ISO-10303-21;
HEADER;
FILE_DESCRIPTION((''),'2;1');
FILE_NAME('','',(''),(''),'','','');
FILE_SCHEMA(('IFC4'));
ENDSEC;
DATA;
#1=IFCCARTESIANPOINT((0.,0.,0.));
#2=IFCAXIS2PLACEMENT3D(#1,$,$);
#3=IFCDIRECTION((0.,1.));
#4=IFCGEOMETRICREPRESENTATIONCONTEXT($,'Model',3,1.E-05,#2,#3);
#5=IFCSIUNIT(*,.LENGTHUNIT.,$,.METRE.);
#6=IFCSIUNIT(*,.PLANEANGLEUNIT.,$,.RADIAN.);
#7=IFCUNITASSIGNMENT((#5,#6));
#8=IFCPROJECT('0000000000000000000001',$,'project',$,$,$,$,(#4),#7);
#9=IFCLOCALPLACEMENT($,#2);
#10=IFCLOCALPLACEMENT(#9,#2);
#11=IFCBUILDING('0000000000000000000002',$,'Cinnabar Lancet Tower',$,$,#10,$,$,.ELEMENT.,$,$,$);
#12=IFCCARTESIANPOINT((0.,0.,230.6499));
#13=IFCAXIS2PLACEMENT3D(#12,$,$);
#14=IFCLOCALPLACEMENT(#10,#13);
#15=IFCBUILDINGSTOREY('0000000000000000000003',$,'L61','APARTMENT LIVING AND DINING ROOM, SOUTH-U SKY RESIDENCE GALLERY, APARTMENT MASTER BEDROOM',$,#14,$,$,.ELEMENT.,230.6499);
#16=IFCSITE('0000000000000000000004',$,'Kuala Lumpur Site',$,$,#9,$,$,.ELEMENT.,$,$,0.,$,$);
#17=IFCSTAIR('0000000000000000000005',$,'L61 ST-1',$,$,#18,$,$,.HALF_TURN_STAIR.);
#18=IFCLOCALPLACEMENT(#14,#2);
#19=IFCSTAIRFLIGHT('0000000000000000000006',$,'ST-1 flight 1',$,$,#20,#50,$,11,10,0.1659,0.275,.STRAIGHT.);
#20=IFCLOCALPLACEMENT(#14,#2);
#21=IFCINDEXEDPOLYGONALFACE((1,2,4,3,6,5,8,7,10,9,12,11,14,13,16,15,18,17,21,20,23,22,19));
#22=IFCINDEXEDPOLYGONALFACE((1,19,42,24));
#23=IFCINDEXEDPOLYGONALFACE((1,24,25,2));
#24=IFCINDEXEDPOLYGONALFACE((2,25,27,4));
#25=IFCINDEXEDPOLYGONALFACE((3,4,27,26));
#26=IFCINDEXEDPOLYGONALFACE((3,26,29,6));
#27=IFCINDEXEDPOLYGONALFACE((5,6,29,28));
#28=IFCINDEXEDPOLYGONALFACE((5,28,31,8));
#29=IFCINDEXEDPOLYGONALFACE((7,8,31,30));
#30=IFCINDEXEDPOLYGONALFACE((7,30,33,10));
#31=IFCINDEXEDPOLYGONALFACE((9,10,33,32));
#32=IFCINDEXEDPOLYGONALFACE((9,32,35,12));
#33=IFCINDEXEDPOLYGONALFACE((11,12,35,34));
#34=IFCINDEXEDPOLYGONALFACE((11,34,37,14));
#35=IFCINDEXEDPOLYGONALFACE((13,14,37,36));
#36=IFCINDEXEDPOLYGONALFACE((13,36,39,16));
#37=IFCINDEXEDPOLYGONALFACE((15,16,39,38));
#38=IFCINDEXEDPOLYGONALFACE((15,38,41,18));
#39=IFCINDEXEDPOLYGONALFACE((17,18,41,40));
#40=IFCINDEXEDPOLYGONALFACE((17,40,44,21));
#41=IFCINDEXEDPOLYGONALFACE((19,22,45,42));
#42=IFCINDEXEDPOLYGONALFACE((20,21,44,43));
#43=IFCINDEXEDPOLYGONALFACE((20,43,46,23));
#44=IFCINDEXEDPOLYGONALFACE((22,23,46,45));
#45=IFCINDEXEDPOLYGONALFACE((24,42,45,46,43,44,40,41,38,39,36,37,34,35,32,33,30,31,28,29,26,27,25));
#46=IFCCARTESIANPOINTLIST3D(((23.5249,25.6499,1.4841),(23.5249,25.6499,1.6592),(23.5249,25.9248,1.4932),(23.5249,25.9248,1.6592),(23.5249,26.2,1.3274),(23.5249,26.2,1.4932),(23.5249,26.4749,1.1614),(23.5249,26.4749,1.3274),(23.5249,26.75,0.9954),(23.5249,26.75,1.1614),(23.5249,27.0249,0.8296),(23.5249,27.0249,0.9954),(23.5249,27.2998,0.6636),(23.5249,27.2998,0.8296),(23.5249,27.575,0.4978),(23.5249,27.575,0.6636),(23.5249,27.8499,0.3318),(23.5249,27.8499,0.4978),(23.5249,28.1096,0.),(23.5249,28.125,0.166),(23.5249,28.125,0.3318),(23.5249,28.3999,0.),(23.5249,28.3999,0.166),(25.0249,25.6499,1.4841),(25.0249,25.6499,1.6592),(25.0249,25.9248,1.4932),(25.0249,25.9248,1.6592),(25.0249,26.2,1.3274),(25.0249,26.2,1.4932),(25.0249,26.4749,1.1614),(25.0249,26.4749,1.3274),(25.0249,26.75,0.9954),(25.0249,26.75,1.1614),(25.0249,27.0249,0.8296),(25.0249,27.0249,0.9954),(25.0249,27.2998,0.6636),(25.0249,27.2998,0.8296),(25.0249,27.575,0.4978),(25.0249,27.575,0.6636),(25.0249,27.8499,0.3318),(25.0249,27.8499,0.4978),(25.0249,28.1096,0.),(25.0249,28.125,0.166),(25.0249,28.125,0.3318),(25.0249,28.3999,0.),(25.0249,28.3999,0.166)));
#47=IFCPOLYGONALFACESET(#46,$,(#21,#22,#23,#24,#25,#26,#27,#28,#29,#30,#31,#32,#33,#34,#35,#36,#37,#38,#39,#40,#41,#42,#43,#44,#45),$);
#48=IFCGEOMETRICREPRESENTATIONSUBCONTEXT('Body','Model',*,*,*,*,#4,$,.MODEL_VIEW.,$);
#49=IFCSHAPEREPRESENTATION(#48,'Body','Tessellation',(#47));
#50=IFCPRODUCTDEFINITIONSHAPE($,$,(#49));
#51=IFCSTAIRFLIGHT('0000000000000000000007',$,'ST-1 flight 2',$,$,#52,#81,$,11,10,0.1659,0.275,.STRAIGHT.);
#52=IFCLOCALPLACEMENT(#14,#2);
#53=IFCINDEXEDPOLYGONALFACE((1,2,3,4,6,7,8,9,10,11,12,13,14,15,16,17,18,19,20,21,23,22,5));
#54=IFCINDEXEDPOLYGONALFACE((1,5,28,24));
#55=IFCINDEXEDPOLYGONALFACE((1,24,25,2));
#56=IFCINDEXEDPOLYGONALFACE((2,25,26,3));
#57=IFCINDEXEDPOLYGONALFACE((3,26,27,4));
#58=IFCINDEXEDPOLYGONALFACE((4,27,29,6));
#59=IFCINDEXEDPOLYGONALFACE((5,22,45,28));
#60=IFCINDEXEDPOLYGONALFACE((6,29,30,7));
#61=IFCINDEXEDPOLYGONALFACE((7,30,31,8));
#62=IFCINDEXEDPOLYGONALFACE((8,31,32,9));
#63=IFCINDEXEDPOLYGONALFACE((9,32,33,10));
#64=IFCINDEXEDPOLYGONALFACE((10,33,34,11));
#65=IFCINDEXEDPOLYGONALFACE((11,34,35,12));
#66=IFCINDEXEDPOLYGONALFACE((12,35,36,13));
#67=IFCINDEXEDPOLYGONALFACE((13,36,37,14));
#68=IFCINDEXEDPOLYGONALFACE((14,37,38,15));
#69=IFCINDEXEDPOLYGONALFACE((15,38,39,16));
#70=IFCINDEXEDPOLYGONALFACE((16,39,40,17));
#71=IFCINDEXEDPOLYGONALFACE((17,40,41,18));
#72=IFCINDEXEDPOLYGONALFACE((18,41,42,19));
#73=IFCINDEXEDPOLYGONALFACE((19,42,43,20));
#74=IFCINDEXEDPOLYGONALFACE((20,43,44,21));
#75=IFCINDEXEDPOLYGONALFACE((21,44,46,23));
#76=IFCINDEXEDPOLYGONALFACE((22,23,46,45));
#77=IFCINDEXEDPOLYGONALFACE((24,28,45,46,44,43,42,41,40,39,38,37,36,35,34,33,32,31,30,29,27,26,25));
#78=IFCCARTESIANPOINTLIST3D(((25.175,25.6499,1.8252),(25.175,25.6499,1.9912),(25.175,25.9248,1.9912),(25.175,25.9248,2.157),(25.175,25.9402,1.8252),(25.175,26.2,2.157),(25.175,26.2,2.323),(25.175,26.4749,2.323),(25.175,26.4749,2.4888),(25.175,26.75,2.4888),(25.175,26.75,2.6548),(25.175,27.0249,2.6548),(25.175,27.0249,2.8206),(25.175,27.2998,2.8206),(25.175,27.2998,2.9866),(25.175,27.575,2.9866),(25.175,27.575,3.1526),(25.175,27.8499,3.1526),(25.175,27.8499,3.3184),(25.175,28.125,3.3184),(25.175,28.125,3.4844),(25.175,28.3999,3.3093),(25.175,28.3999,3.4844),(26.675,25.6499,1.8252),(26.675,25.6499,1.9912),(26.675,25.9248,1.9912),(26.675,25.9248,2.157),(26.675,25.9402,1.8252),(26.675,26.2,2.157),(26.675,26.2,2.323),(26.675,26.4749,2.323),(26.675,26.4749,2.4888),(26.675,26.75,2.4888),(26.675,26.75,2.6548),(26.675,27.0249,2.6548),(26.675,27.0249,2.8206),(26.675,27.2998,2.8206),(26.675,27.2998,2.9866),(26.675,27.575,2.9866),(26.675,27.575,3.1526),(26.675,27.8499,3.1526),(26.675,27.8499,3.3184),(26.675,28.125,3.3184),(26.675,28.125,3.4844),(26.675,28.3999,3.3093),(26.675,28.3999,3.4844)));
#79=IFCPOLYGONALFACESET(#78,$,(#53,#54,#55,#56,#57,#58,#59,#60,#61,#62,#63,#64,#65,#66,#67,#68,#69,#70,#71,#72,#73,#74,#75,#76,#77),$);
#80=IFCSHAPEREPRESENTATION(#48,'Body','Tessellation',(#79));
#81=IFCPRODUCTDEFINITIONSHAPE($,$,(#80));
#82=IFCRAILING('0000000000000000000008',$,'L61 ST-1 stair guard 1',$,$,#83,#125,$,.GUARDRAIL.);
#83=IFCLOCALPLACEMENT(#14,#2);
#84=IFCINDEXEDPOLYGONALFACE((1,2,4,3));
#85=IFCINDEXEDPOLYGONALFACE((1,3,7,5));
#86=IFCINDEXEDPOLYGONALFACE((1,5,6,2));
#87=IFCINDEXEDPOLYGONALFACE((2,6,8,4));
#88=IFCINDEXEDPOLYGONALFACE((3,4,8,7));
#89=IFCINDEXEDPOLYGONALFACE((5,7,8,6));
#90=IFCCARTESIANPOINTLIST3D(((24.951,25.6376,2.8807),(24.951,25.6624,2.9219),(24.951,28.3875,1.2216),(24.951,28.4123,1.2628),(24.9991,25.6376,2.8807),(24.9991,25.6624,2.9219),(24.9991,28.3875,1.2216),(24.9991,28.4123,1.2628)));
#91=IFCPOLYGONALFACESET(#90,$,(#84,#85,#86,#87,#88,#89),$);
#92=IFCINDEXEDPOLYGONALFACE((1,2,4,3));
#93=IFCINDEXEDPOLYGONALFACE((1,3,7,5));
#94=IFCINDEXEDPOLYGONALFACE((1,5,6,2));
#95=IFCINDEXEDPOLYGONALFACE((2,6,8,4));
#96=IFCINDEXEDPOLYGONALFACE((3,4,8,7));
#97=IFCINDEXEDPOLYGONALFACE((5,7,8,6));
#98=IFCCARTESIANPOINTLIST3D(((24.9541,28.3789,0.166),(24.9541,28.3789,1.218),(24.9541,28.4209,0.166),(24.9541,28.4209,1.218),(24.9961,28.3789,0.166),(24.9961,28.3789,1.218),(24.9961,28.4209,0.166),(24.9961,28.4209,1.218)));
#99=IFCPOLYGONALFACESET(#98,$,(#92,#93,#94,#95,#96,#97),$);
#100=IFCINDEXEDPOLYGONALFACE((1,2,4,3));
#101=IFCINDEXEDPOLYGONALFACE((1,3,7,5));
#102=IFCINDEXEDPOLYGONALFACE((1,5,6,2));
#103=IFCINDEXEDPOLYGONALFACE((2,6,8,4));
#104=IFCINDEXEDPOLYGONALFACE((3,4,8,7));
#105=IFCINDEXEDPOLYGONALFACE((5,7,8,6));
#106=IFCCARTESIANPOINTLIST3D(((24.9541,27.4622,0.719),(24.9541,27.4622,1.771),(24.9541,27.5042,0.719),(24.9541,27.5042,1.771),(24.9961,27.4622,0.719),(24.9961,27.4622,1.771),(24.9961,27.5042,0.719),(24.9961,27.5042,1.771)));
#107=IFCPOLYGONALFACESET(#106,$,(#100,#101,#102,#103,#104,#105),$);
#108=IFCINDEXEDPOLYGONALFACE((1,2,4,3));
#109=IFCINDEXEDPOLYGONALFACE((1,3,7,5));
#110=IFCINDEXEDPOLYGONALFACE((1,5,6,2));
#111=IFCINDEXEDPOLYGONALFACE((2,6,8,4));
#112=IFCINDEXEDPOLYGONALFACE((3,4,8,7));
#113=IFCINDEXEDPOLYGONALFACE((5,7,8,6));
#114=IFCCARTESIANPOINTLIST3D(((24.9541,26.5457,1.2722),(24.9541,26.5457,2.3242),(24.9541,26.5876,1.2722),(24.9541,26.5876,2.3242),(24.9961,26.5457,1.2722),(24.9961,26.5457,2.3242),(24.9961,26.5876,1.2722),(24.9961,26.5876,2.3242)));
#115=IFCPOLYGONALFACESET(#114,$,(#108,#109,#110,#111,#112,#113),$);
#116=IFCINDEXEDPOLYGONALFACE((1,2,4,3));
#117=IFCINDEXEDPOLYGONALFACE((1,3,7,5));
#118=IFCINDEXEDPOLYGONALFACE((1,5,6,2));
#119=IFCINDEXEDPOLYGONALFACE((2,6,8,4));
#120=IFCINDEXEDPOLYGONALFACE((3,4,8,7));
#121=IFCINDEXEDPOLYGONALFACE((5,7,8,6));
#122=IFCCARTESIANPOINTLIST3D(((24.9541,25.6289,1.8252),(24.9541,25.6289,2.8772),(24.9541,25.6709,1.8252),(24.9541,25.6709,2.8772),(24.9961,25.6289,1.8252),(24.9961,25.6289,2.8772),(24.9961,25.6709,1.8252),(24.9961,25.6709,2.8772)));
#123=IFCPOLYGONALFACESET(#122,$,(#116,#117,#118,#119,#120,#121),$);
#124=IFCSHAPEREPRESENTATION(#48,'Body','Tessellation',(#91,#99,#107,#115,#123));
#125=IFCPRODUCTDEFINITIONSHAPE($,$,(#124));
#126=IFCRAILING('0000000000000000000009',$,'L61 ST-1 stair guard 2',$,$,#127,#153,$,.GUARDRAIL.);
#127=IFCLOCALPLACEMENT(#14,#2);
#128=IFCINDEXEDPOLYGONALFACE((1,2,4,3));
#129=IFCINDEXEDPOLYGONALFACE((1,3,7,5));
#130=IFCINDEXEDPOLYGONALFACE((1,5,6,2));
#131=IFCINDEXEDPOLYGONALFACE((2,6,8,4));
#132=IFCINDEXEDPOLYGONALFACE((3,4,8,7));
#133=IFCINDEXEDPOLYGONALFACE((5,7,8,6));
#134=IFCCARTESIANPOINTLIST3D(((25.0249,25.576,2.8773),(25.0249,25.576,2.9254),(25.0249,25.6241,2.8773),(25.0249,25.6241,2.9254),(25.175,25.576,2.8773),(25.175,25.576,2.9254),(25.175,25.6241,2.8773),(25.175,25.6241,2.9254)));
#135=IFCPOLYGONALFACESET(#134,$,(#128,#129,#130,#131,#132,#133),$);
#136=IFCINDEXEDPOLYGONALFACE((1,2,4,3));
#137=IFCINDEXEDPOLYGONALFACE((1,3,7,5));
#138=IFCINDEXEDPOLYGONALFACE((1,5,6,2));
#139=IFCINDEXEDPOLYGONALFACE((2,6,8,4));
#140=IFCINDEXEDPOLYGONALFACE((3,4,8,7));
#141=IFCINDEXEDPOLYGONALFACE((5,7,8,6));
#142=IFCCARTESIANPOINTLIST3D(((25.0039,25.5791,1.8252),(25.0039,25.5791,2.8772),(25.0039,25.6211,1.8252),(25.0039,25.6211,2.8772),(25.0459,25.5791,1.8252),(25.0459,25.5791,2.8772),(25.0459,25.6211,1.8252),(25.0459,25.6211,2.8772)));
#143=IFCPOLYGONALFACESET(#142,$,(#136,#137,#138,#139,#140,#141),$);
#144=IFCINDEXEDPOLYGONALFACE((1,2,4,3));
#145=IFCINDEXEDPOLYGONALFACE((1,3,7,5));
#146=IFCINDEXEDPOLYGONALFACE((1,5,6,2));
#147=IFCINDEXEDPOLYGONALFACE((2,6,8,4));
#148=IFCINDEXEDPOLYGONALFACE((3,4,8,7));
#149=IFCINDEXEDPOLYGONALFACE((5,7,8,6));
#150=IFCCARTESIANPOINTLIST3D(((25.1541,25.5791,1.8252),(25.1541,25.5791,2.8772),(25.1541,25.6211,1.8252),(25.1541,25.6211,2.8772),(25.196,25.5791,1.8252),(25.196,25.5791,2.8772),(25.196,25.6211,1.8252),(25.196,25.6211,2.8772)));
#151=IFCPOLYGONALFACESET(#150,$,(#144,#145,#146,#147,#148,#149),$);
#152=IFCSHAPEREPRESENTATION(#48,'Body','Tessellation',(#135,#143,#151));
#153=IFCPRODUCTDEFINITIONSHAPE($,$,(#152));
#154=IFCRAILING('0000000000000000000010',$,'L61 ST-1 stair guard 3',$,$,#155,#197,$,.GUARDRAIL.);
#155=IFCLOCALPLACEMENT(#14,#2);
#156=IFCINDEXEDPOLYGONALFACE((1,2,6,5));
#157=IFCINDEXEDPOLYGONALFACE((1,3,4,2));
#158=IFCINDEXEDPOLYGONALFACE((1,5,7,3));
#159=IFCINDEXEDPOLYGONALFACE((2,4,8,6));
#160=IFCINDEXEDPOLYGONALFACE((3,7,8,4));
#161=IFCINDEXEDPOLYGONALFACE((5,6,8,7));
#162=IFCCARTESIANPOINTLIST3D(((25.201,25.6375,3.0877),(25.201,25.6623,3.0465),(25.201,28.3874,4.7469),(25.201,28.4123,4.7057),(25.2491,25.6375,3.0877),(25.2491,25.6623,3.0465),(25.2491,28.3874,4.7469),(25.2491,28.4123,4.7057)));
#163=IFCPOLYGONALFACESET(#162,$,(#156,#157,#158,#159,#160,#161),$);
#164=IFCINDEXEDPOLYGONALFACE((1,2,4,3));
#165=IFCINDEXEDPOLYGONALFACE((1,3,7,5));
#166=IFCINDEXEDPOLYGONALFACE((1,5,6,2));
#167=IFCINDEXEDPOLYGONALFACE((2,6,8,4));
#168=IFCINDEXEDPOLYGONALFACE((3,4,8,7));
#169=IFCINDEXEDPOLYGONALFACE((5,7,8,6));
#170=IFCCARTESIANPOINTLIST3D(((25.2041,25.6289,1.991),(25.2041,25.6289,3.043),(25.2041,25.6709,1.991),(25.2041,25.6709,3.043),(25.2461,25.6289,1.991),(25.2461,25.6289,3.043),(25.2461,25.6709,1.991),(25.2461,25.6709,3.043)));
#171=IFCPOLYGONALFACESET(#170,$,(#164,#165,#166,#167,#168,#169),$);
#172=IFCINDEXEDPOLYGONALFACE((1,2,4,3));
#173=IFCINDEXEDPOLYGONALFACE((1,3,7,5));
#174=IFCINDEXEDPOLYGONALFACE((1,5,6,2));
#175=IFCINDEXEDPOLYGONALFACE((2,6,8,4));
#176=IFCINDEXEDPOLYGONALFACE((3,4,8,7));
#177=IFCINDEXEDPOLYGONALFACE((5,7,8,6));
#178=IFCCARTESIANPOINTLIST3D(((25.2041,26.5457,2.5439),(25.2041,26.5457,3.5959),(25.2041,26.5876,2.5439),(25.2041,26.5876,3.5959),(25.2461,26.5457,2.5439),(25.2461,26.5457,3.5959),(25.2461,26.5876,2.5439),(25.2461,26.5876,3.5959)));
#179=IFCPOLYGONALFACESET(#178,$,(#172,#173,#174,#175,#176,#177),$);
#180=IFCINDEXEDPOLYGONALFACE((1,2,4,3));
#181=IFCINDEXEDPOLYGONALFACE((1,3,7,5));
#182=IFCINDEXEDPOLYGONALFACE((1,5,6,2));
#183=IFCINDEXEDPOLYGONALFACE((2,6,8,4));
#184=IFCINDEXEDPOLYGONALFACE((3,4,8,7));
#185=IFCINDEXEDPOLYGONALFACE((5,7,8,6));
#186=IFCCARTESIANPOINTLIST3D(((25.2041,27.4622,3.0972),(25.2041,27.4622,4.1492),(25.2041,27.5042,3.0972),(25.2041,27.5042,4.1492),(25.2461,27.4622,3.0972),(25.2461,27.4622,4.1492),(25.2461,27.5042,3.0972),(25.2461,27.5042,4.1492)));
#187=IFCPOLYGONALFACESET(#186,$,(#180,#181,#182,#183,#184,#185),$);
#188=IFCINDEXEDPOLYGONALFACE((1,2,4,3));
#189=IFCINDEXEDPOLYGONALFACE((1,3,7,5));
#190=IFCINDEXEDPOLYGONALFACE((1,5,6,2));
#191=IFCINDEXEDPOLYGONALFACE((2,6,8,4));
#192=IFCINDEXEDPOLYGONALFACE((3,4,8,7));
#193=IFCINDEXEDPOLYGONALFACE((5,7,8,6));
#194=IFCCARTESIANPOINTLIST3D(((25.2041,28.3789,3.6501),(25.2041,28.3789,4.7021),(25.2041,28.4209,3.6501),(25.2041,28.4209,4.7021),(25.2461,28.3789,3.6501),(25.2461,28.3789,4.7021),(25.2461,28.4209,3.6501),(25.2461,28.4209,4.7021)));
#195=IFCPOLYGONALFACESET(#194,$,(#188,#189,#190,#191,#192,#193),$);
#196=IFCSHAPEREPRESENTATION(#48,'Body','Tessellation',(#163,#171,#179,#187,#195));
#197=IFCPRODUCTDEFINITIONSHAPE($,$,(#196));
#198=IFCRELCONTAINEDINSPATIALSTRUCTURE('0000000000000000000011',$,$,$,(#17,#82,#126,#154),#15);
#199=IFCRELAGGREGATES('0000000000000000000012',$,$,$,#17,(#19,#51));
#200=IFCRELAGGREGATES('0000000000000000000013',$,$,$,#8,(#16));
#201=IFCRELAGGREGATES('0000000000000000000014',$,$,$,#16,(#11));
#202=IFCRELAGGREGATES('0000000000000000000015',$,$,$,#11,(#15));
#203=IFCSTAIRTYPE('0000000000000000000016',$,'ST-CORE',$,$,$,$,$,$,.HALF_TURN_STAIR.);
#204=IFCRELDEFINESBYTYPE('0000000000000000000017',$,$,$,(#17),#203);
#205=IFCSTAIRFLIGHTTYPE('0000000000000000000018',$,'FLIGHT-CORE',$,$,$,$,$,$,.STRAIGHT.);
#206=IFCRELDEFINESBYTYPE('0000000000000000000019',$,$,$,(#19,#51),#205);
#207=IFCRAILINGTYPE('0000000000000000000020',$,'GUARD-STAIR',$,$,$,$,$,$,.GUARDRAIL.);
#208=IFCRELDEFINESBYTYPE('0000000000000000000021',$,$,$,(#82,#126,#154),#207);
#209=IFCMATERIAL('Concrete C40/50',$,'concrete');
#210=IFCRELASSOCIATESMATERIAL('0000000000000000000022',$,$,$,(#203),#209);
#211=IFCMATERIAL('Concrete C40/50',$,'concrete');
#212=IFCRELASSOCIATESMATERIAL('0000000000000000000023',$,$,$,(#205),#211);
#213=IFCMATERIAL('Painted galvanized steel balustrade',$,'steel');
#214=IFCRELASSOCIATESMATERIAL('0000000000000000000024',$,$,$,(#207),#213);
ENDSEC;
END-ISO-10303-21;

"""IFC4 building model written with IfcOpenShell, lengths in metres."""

from ifc_helpers import new_model, si_unit, direction, frame, origin, origin_2d, place, context, subcontext, project, spatial, polyline, rectangle, outline, extrude, material, type_object, element, aggregate, save


model = new_model("IFC4")

# Units and contexts
model_context = context("Model", 3, precision=1e-05, world=origin(), true_north=direction((0.0, 1.0)))
body_context = subcontext(model_context, "Body", "Model", "MODEL_VIEW")
ifc_project = project(units=[si_unit("LENGTHUNIT", "METRE"), si_unit("PLANEANGLEUNIT", "RADIAN")], contexts=[model_context])

# Site, building, storey
site_placement = place(None, origin())
site = spatial("IfcSite", under=ifc_project, at=site_placement, Name="Kuala Lumpur Site", CompositionType="ELEMENT", RefElevation=0.0)
building_placement = place(site_placement, origin())
building = spatial("IfcBuilding", under=site, at=building_placement, Name="Cinnabar Lancet Tower", CompositionType="ELEMENT")
storey_placement = place(building_placement, frame((0.0, 0.0, 230.6499)))
storey = spatial("IfcBuildingStorey", under=building, at=storey_placement, Name="L61", Description="APARTMENT LIVING AND DINING ROOM, SOUTH-U SKY RESIDENCE GALLERY, APARTMENT MASTER BEDROOM", CompositionType="ELEMENT", Elevation=230.6499)

# Stair, stair flights
ifc_material_1 = material(Name="Concrete C40/50", Category="concrete")
stair_type = type_object("IfcStairType", Name="ST-CORE", PredefinedType="HALF_TURN_STAIR", material=ifc_material_1)
stair_placement = place(storey_placement, origin())
stair = element("IfcStair", 1, at=stair_placement, inside=storey, type_object=stair_type, Name="L61 ST-1", PredefinedType="HALF_TURN_STAIR")
ifc_material_2 = material(Name="Concrete C40/50", Category="concrete")
stair_flight_type = type_object("IfcStairFlightType", Name="FLIGHT-CORE", PredefinedType="STRAIGHT", material=ifc_material_2)
stair_flight_1_placement = place(storey_placement, frame((24.2749, 28.3999, 0.0), z_axis=(0.0, 0.0, 1.0), x_axis=(0.0, -1.0, 0.0)))
stair_flight_1 = element("IfcStairFlight", 2, at=stair_flight_1_placement, type_object=stair_flight_type, Name="ST-1 flight 1", NumberOfRisers=11, NumberOfTreads=10, PredefinedType="STRAIGHT", RiserHeight=0.1659, TreadLength=0.275, context=body_context, shape_type="SweptSolid", body=[
    extrude(outline(polyline([(0.0, 0.0), (0.0, 0.166), (0.2749, 0.166), (0.2749, 0.3318), (0.55, 0.3318), (0.55, 0.4978), (0.825, 0.4978), (0.825, 0.6636), (1.1001, 0.6636), (1.1001, 0.8296), (1.375, 0.8296), (1.375, 0.9954), (1.6499, 0.9954), (1.6499, 1.1614), (1.925, 1.1614), (1.925, 1.3274), (2.2, 1.3274), (2.2, 1.4932), (2.4751, 1.4932), (2.4751, 1.6592), (2.75, 1.6592), (2.75, 1.825), (2.75, 1.4841), (0.2903, 0.0), (0.0, 0.0)])), frame((0.0, 0.75, 0.0), z_axis=(0.0, -1.0, 0.0), x_axis=(1.0, 0.0, 0.0)), (0.0, 0.0, 1.0), 1.5),
])
stair_flight_2_placement = place(storey_placement, frame((25.925, 25.6499, 1.8252), z_axis=(0.0, 0.0, 1.0), x_axis=(0.0, 1.0, 0.0)))
stair_flight_2 = element("IfcStairFlight", 3, at=stair_flight_2_placement, type_object=stair_flight_type, Name="ST-1 flight 2", NumberOfRisers=11, NumberOfTreads=10, PredefinedType="STRAIGHT", RiserHeight=0.1659, TreadLength=0.275, context=body_context, shape_type="SweptSolid", body=[
    extrude(outline(polyline([(0.0, 0.0), (0.0, 0.166), (0.2749, 0.166), (0.2749, 0.3318), (0.55, 0.3318), (0.55, 0.4978), (0.825, 0.4978), (0.825, 0.6636), (1.1001, 0.6636), (1.1001, 0.8296), (1.375, 0.8296), (1.375, 0.9954), (1.6499, 0.9954), (1.6499, 1.1614), (1.925, 1.1614), (1.925, 1.3274), (2.2, 1.3274), (2.2, 1.4932), (2.4751, 1.4932), (2.4751, 1.6592), (2.75, 1.6592), (2.75, 1.825), (2.75, 1.4841), (0.2903, 0.0), (0.0, 0.0)])), frame((0.0, 0.75, 0.0), z_axis=(0.0, -1.0, 0.0), x_axis=(1.0, 0.0, 0.0)), (0.0, 0.0, 1.0), 1.5),
])
aggregate(stair, [stair_flight_1, stair_flight_2])

# Railings
ifc_material_3 = material(Name="Painted galvanized steel balustrade", Category="steel")
railing_type_1 = type_object("IfcRailingType", Name="GUARD-STAIR", PredefinedType="GUARDRAIL", material=ifc_material_3)
railing_1_placement = place(storey_placement, frame((24.9751, 28.3999, 0.166)))
element("IfcRailing", 4, at=railing_1_placement, inside=storey, type_object=railing_type_1, Name="L61 ST-1 stair guard 1", PredefinedType="GUARDRAIL", context=body_context, shape_type="SweptSolid", body=[
    extrude(rectangle(XDim=0.0481, YDim=0.0481, at=origin_2d()), frame((0.0, 0.0, 1.0762), z_axis=(0.0, -0.856229, 0.516596), x_axis=(1.0, 0.0, 0.0)), (0.0, 0.0, 1.0), 3.2117),
    extrude(rectangle(XDim=0.042, YDim=0.042, at=origin_2d()), origin(), (0.0, 0.0, 1.0), 1.052),
    extrude(rectangle(XDim=0.042, YDim=0.042, at=origin_2d()), frame((0.0, -0.9167, 0.553)), (0.0, 0.0, 1.0), 1.052),
    extrude(rectangle(XDim=0.042, YDim=0.042, at=origin_2d()), frame((0.0, -1.8333, 1.1062)), (0.0, 0.0, 1.0), 1.052),
    extrude(rectangle(XDim=0.042, YDim=0.042, at=origin_2d()), frame((0.0, -2.75, 1.6592)), (0.0, 0.0, 1.0), 1.052),
])
railing_2_placement = place(storey_placement, frame((25.0249, 25.6001, 1.8252)))
element("IfcRailing", 5, at=railing_2_placement, inside=storey, type_object=railing_type_1, Name="L61 ST-1 stair guard 2", PredefinedType="GUARDRAIL", context=body_context, shape_type="SweptSolid", body=[
    extrude(rectangle(XDim=0.0481, YDim=0.0481, at=origin_2d()), frame((0.0, 0.0, 1.0762), z_axis=(1.0, 0.0, 0.0), x_axis=(0.0, 1.0, 0.0)), (0.0, 0.0, 1.0), 0.1501),
    extrude(rectangle(XDim=0.042, YDim=0.042, at=origin_2d()), origin(), (0.0, 0.0, 1.0), 1.052),
    extrude(rectangle(XDim=0.042, YDim=0.042, at=origin_2d()), frame((0.1501, 0.0, 0.0)), (0.0, 0.0, 1.0), 1.052),
])
railing_3_placement = place(storey_placement, frame((25.2251, 25.6499, 1.991)))
element("IfcRailing", 6, at=railing_3_placement, inside=storey, type_object=railing_type_1, Name="L61 ST-1 stair guard 3", PredefinedType="GUARDRAIL", context=body_context, shape_type="SweptSolid", body=[
    extrude(rectangle(XDim=0.0481, YDim=0.0481, at=origin_2d()), frame((0.0, 0.0, 1.0762), z_axis=(0.0, 0.856229, 0.516596), x_axis=(-1.0, 0.0, 0.0)), (0.0, 0.0, 1.0), 3.2117),
    extrude(rectangle(XDim=0.042, YDim=0.042, at=origin_2d()), origin(), (0.0, 0.0, 1.0), 1.052),
    extrude(rectangle(XDim=0.042, YDim=0.042, at=origin_2d()), frame((0.0, 0.9167, 0.553)), (0.0, 0.0, 1.0), 1.052),
    extrude(rectangle(XDim=0.042, YDim=0.042, at=origin_2d()), frame((0.0, 1.8333, 1.1062)), (0.0, 0.0, 1.0), 1.052),
    extrude(rectangle(XDim=0.042, YDim=0.042, at=origin_2d()), frame((0.0, 2.75, 1.6592)), (0.0, 0.0, 1.0), 1.052),
])

save(model, "model.ifc")
